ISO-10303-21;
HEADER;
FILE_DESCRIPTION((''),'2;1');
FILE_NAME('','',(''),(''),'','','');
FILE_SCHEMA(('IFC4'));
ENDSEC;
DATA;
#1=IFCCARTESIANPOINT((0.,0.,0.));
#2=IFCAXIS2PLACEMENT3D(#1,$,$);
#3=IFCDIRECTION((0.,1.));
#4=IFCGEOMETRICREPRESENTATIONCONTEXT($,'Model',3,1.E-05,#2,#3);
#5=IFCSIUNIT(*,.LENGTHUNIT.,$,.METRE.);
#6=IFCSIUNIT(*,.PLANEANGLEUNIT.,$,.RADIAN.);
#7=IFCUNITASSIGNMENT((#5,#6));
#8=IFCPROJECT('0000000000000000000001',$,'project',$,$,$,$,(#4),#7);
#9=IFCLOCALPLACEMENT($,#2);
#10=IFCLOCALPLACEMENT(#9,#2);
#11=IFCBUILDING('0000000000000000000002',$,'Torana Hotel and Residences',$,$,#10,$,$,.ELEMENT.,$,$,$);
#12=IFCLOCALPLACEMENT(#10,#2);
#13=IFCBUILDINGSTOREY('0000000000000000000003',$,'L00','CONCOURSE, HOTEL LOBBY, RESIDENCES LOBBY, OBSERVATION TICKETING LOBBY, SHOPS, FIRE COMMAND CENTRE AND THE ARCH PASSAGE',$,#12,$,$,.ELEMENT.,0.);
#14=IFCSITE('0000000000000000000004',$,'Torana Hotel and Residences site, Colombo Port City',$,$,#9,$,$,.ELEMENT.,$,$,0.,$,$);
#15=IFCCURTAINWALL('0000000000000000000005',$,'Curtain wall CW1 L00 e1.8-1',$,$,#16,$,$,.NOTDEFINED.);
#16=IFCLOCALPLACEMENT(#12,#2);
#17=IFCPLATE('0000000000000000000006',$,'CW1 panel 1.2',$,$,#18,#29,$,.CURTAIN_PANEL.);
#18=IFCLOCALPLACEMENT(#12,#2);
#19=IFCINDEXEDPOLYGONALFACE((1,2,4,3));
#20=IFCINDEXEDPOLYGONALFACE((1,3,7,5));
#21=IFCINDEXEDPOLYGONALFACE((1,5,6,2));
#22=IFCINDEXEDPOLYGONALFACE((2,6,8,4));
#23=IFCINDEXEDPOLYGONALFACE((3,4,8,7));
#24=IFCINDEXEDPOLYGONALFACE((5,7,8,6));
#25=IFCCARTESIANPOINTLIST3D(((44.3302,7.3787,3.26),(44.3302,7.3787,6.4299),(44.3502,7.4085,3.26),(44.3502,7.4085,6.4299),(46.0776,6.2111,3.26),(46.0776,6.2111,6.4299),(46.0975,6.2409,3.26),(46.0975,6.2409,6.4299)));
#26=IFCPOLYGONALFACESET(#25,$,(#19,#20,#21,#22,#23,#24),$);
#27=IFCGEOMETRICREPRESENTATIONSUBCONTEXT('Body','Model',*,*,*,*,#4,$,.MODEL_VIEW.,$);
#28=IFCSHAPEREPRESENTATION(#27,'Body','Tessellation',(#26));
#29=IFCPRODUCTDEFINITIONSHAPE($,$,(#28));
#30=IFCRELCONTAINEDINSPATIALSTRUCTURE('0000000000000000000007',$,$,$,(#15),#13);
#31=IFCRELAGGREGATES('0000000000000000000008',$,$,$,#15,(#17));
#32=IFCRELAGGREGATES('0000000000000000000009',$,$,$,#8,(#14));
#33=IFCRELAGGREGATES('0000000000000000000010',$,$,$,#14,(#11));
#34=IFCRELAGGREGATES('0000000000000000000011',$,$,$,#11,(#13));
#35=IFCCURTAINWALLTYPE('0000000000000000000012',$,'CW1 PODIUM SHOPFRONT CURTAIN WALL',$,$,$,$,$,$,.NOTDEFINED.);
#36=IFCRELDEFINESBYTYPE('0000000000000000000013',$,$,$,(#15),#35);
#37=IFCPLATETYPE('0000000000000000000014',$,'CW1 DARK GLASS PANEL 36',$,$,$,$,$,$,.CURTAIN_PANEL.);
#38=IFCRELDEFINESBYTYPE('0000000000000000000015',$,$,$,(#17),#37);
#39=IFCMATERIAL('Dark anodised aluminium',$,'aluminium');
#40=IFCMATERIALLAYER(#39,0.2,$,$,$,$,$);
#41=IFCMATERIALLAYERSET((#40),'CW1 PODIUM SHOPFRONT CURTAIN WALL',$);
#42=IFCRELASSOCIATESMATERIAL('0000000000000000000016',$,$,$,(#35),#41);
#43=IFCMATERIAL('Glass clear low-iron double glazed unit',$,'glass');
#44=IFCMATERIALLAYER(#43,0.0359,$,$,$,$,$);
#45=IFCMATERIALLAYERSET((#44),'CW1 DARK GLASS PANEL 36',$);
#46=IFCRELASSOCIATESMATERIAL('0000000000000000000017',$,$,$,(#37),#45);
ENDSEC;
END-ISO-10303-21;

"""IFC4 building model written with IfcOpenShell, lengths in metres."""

from ifc_helpers import new_model, si_unit, direction, frame, origin, origin_2d, place, context, subcontext, project, spatial, rectangle, extrude, material, layer, layer_set, type_object, element, aggregate, save


model = new_model("IFC4")

# Units and contexts
model_context = context("Model", 3, precision=1e-05, world=origin(), true_north=direction((0.0, 1.0)))
body_context = subcontext(model_context, "Body", "Model", "MODEL_VIEW")
ifc_project = project(units=[si_unit("LENGTHUNIT", "METRE"), si_unit("PLANEANGLEUNIT", "RADIAN")], contexts=[model_context])

# Site, building, storey
site_placement = place(None, origin())
site = spatial("IfcSite", under=ifc_project, at=site_placement, Name="Torana Hotel and Residences site, Colombo Port City", CompositionType="ELEMENT", RefElevation=0.0)
building_placement = place(site_placement, origin())
building = spatial("IfcBuilding", under=site, at=building_placement, Name="Torana Hotel and Residences", CompositionType="ELEMENT")
storey_placement = place(building_placement, origin())
storey = spatial("IfcBuildingStorey", under=building, at=storey_placement, Name="L00", Description="CONCOURSE, HOTEL LOBBY, RESIDENCES LOBBY, OBSERVATION TICKETING LOBBY, SHOPS, FIRE COMMAND CENTRE AND THE ARCH PASSAGE", CompositionType="ELEMENT", Elevation=0.0)

# Shared definitions
ifc_material_1 = material(Name="Dark anodised aluminium", Category="aluminium")
ifc_layer_1 = layer(ifc_material_1, 0.2)
ifc_layer_set_1 = layer_set([ifc_layer_1], Name="CW1 PODIUM SHOPFRONT CURTAIN WALL")
curtain_wall_type = type_object("IfcCurtainWallType", Name="CW1 PODIUM SHOPFRONT CURTAIN WALL", PredefinedType="NOTDEFINED", material=ifc_layer_set_1)

# Curtain wall
curtain_wall_1_placement = place(storey_placement, origin())
curtain_wall_1 = element("IfcCurtainWall", 1, at=curtain_wall_1_placement, inside=storey, type_object=curtain_wall_type, Name="Curtain wall CW1 L00 e1.8-1", PredefinedType="NOTDEFINED")

# Plate
ifc_material_2 = material(Name="Glass clear low-iron double glazed unit", Category="glass")
ifc_layer_2 = layer(ifc_material_2, 0.0359)
ifc_layer_set_2 = layer_set([ifc_layer_2], Name="CW1 DARK GLASS PANEL 36")
plate_type = type_object("IfcPlateType", Name="CW1 DARK GLASS PANEL 36", PredefinedType="CURTAIN_PANEL", material=ifc_layer_set_2)
plate_1_placement = place(storey_placement, frame((45.2139, 6.8098, 3.26), z_axis=(0.0, 0.0, 1.0), x_axis=(-0.83146, 0.555585, 0.0)))
plate_1 = element("IfcPlate", 2, at=plate_1_placement, type_object=plate_type, Name="CW1 panel 1.2", PredefinedType="CURTAIN_PANEL", context=body_context, shape_type="SweptSolid", body=[
    extrude(rectangle(XDim=2.1016, YDim=0.0359, at=origin_2d()), origin(), (0.0, 0.0, 1.0), 3.1699),
])
aggregate(curtain_wall_1, [plate_1])

save(model, "model.ifc")
